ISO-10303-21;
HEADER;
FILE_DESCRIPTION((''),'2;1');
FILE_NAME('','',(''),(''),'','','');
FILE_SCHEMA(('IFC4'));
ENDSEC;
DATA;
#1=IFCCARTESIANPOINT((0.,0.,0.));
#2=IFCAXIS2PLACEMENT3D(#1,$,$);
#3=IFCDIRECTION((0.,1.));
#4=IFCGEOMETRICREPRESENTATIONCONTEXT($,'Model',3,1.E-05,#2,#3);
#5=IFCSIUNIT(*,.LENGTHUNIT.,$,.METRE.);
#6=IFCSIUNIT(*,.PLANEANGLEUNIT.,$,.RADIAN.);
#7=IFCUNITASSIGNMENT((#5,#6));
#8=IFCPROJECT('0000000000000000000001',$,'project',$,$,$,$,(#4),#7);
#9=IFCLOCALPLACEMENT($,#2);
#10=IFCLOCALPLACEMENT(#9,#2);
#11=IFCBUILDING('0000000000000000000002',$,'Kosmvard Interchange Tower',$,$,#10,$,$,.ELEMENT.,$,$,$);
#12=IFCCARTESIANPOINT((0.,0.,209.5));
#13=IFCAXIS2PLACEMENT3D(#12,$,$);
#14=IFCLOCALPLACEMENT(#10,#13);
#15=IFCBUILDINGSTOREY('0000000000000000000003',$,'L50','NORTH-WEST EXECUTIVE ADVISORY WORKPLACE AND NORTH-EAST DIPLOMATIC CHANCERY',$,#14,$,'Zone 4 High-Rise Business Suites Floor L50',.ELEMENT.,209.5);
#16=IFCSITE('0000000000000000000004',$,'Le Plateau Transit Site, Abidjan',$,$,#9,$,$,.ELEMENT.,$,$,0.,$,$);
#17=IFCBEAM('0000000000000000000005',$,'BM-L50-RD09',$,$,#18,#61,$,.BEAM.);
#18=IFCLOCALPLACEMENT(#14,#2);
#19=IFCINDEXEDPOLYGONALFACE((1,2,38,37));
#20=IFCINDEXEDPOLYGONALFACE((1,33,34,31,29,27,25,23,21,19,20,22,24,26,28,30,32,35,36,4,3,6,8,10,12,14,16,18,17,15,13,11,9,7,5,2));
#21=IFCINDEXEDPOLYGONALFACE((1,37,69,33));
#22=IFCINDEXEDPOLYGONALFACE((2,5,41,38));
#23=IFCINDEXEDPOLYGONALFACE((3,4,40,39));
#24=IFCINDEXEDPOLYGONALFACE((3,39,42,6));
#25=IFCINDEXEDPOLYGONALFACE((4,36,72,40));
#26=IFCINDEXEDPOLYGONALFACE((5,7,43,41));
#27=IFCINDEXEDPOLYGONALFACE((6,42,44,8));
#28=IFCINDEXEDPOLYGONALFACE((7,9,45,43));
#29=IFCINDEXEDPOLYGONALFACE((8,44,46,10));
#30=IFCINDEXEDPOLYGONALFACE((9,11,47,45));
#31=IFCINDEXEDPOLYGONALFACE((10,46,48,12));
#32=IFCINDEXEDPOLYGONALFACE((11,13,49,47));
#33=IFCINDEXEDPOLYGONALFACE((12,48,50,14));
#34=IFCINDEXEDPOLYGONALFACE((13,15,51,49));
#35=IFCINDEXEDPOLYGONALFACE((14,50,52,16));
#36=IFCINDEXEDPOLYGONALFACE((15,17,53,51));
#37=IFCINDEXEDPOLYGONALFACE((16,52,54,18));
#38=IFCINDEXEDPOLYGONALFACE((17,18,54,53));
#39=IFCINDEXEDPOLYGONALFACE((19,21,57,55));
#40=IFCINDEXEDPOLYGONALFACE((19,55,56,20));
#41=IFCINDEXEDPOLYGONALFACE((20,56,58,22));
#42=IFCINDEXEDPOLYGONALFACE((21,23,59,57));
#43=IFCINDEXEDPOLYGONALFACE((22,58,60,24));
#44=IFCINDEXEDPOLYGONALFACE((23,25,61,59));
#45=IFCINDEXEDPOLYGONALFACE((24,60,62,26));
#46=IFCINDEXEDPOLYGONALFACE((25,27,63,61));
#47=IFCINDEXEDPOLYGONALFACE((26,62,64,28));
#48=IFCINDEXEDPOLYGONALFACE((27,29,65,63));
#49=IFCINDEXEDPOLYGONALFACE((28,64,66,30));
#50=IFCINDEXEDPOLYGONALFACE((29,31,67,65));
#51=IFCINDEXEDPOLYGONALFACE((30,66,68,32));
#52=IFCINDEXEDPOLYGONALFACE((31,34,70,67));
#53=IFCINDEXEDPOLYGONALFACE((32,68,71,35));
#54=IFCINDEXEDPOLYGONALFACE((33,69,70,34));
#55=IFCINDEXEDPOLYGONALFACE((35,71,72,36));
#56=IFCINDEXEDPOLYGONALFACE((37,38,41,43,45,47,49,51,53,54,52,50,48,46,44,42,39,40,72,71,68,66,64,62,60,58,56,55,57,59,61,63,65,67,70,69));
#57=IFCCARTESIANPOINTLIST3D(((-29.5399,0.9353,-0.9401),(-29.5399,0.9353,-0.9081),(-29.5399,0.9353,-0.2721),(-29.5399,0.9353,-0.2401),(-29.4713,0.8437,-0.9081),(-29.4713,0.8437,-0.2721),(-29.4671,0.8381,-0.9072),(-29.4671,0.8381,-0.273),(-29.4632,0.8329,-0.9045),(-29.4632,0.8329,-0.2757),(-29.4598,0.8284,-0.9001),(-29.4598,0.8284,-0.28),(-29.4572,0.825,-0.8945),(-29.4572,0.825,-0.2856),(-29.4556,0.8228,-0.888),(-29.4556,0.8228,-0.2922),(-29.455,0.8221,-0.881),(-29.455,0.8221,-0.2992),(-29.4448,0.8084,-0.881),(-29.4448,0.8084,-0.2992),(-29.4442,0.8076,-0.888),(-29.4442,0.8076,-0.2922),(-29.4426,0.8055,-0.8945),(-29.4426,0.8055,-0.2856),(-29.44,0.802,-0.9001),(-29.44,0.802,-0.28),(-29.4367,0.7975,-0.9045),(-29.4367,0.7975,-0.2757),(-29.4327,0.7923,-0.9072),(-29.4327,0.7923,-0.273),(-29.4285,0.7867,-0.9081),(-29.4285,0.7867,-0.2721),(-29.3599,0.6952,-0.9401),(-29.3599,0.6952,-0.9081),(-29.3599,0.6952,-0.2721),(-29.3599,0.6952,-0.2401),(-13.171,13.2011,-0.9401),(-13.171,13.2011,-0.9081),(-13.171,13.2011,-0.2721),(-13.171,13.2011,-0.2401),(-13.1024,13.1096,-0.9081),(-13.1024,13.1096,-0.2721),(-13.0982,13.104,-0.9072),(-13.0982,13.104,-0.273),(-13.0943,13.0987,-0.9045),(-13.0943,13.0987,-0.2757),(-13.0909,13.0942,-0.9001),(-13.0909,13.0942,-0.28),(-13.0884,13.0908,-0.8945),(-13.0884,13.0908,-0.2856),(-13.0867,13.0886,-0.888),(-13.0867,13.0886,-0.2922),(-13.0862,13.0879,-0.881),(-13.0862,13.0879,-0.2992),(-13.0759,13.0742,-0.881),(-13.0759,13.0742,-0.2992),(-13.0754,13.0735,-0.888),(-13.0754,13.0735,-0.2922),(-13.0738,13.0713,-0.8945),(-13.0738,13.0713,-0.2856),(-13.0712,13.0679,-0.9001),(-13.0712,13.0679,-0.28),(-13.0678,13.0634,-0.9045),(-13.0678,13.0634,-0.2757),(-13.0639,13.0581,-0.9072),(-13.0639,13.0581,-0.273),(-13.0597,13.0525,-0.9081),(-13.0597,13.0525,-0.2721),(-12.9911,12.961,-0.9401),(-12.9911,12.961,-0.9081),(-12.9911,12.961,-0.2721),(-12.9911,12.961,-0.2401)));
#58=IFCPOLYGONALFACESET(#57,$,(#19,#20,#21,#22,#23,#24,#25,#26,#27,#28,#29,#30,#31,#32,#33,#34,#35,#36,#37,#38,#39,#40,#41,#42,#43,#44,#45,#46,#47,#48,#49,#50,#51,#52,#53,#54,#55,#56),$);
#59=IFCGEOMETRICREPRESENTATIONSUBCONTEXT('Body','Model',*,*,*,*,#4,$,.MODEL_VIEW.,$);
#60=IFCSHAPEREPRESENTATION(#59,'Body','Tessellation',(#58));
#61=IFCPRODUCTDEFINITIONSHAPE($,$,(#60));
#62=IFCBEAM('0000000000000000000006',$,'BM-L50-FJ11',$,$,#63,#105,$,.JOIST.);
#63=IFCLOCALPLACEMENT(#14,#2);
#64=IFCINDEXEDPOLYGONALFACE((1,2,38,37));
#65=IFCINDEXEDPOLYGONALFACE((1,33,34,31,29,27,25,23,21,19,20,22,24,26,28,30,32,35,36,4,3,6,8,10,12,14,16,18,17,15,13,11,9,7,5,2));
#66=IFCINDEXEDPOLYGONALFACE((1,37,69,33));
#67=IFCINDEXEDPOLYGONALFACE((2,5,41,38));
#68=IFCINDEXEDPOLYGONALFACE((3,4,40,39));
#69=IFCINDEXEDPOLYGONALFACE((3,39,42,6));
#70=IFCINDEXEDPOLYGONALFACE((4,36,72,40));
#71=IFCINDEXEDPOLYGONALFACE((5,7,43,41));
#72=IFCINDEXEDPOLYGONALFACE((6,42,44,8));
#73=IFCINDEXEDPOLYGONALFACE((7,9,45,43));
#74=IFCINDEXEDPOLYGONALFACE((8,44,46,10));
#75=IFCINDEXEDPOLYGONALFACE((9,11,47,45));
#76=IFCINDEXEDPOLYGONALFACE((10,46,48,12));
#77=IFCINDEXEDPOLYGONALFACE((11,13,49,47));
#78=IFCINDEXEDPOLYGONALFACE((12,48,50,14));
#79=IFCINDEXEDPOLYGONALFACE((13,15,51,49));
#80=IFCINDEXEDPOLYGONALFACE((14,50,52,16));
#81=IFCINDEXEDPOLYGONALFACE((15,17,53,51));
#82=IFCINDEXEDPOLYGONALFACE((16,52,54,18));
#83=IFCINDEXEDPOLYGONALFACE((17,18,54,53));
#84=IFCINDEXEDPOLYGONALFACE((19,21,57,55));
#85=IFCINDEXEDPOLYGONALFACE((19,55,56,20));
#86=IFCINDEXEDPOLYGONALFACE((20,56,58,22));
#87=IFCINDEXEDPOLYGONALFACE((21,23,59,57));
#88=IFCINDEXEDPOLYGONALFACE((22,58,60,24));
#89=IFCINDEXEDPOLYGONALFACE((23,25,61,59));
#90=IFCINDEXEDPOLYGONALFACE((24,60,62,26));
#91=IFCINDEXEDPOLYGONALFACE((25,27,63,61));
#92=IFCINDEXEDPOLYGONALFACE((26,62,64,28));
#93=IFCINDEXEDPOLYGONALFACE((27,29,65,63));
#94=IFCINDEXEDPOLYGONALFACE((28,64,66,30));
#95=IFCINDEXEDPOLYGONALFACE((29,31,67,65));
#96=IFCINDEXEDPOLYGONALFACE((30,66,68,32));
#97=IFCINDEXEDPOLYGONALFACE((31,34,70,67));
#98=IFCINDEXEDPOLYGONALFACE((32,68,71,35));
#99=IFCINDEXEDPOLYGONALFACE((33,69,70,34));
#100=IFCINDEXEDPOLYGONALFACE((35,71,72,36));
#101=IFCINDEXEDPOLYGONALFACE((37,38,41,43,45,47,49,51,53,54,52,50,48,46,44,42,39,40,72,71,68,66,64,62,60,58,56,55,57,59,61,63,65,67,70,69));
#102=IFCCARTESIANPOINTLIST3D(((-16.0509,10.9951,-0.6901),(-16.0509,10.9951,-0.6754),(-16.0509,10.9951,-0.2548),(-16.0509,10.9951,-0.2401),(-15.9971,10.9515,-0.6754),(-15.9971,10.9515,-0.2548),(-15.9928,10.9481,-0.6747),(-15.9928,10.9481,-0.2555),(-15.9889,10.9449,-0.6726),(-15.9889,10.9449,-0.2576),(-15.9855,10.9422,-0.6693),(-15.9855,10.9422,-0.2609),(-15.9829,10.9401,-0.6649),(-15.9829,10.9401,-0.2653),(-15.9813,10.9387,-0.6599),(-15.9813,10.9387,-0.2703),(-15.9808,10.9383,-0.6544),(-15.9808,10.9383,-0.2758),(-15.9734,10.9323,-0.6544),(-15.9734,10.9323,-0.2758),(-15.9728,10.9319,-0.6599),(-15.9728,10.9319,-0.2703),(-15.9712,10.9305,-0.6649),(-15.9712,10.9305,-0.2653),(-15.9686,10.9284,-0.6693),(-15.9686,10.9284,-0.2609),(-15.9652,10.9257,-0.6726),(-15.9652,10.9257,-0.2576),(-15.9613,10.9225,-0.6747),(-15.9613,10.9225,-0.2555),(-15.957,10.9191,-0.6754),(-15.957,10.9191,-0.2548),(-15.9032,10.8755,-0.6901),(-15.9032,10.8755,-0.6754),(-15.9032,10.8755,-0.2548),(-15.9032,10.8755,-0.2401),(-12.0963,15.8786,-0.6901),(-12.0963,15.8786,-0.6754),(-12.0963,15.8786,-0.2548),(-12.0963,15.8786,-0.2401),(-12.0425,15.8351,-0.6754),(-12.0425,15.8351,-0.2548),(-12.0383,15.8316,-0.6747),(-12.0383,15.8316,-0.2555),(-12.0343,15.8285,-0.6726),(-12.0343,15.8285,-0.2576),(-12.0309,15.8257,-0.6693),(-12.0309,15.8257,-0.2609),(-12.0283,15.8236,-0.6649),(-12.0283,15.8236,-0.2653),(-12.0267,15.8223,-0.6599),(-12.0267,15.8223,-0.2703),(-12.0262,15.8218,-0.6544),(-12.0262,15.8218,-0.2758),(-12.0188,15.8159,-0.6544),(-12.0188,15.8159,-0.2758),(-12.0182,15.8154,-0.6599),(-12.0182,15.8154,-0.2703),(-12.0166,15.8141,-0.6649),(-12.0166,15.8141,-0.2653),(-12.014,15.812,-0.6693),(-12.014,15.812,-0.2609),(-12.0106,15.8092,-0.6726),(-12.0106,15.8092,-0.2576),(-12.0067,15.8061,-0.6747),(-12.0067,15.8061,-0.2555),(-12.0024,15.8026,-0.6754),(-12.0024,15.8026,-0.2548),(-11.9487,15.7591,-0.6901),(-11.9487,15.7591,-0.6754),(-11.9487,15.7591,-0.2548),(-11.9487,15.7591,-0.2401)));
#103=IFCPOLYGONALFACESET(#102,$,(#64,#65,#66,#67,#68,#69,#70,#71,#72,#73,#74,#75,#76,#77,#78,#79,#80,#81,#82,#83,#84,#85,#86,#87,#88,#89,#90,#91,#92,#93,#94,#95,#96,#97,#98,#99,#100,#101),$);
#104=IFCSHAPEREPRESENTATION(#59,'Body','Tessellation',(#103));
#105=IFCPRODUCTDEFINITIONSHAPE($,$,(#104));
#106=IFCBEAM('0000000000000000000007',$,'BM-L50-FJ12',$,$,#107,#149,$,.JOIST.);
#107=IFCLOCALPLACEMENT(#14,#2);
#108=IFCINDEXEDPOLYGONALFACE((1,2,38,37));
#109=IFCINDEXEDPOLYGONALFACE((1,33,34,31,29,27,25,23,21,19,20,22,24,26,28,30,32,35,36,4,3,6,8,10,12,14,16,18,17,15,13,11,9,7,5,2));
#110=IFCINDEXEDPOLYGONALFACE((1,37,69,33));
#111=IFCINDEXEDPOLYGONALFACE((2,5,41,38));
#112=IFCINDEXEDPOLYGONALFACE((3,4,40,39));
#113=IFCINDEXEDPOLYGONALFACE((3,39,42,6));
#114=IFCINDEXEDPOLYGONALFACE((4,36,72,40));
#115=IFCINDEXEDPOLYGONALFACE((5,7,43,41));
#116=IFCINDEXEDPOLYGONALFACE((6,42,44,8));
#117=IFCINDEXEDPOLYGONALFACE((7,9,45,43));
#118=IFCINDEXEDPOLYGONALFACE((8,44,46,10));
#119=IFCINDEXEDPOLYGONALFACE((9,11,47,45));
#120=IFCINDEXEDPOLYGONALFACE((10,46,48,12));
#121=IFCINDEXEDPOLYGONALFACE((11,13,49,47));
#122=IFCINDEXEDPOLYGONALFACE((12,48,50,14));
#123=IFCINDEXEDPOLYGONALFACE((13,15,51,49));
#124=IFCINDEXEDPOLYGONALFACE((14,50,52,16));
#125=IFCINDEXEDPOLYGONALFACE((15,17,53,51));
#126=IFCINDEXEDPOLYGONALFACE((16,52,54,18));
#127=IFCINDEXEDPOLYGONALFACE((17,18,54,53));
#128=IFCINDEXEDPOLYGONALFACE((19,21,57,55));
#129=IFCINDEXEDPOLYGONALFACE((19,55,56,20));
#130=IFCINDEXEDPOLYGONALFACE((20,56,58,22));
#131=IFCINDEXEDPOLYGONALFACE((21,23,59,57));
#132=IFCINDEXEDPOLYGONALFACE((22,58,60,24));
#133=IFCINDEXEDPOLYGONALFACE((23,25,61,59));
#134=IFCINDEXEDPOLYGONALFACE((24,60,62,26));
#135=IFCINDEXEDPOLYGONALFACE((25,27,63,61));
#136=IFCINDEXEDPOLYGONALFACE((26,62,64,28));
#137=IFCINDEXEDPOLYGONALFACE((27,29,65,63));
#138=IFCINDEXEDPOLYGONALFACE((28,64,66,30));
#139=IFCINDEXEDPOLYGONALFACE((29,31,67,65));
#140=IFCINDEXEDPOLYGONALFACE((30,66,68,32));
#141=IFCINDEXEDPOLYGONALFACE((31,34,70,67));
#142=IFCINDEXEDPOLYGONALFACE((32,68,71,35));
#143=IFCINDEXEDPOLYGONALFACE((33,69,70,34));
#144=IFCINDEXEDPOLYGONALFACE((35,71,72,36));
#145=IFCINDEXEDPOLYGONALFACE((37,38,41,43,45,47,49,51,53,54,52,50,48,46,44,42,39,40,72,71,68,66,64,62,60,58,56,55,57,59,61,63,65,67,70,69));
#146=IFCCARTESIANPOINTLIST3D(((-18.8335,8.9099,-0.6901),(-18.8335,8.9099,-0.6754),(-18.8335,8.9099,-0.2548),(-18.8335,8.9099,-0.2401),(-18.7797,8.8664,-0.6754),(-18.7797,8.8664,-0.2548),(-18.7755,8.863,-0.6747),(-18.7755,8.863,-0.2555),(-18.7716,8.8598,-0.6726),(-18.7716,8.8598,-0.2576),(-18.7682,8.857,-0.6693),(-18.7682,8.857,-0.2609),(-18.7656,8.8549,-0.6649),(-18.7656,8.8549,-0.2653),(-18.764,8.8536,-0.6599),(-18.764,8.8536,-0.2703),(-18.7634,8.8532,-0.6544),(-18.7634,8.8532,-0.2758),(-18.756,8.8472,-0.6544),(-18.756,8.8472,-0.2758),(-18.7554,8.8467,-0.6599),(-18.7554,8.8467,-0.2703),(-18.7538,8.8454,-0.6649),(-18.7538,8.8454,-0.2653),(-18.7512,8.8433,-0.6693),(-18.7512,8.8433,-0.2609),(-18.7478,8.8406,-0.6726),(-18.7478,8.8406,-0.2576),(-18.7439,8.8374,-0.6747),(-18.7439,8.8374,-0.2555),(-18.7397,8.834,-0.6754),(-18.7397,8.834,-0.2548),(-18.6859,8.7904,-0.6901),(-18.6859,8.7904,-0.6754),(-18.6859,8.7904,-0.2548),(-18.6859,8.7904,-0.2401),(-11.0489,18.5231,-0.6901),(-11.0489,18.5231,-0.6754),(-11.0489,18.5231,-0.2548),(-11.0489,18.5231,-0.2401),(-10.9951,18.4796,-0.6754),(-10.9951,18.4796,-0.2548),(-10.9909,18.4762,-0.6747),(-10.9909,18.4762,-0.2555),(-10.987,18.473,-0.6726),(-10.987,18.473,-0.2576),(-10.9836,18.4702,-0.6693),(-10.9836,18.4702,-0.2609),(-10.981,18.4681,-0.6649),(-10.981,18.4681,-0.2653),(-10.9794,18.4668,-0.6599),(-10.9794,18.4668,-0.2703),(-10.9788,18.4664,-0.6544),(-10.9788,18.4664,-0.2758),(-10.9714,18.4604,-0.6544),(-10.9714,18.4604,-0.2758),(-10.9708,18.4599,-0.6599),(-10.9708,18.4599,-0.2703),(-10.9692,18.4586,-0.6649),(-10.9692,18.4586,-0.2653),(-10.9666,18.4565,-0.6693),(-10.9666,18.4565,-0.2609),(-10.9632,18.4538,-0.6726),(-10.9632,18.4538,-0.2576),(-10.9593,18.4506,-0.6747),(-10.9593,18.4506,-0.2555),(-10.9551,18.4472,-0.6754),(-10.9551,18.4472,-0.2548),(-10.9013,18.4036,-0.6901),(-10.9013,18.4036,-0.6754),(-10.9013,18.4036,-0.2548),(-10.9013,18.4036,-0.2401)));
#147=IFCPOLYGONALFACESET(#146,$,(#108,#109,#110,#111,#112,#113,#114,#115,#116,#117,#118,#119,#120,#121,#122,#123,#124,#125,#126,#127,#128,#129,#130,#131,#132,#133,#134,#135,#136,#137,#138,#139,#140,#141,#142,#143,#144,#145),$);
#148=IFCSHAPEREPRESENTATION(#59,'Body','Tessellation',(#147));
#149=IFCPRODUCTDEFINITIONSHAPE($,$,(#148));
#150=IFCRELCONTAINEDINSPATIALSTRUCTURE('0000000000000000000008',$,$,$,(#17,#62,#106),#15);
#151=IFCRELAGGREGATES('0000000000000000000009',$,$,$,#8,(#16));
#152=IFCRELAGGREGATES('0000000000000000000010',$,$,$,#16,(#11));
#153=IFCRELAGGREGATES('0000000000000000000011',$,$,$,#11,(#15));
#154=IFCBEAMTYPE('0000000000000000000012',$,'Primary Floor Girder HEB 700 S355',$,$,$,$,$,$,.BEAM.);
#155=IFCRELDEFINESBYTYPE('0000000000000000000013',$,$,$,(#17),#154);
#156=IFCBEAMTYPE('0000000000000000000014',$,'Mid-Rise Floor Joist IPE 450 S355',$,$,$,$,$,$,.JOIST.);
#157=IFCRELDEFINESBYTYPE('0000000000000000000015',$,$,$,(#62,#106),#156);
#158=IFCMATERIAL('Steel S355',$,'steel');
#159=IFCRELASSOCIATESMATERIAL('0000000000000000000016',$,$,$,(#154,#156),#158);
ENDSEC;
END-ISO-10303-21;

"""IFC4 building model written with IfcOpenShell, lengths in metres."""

from ifc_helpers import new_model, si_unit, direction, frame, origin, origin_2d, place, context, subcontext, project, spatial, i_section, extrude, source, transform, mapped, material, material_profile, profile_set, type_object, element, save


model = new_model("IFC4")

# Units and contexts
model_context = context("Model", 3, precision=1e-05, world=origin(), true_north=direction((0.0, 1.0)))
body_context = subcontext(model_context, "Body", "Model", "MODEL_VIEW")
ifc_project = project(units=[si_unit("LENGTHUNIT", "METRE"), si_unit("PLANEANGLEUNIT", "RADIAN")], contexts=[model_context])

# Site, building, storey
site_placement = place(None, origin())
site = spatial("IfcSite", under=ifc_project, at=site_placement, Name="Le Plateau Transit Site, Abidjan", CompositionType="ELEMENT", RefElevation=0.0)
building_placement = place(site_placement, origin())
building = spatial("IfcBuilding", under=site, at=building_placement, Name="Kosmvard Interchange Tower", CompositionType="ELEMENT")
storey_placement = place(building_placement, frame((0.0, 0.0, 209.5)))
storey = spatial("IfcBuildingStorey", under=building, at=storey_placement, Name="L50", Description="NORTH-WEST EXECUTIVE ADVISORY WORKPLACE AND NORTH-EAST DIPLOMATIC CHANCERY", LongName="Zone 4 High-Rise Business Suites Floor L50", CompositionType="ELEMENT", Elevation=209.5)

# Beams
ifc_material_1 = material(Name="Steel S355", Category="steel")
ifc_material_profile_1 = material_profile(ifc_material_1, i_section(OverallWidth=0.3, OverallDepth=0.7, WebThickness=0.0171, FlangeThickness=0.032, FilletRadius=0.0271, at=origin_2d()), Name="HEB 700")
ifc_profile_set_1 = profile_set([ifc_material_profile_1], Name="Steel S355")
beam_type_1 = type_object("IfcBeamType", Name="Primary Floor Girder HEB 700 S355", PredefinedType="BEAM", material=ifc_profile_set_1)
shared_shape_1 = source(origin(), body_context, "Body", "SweptSolid", [
    extrude(i_section(OverallWidth=0.3, OverallDepth=0.7, WebThickness=0.0171, FlangeThickness=0.032, FilletRadius=0.0271, at=origin_2d()), origin(), (0.0, 0.0, 1.0), 20.4546),
])
beam_1_placement = place(storey_placement, frame((-13.0811, 13.0811, -0.5901), z_axis=(-0.800253, -0.599662, 0.0), x_axis=(0.599662, -0.800253, 0.0)))
element("IfcBeam", 1, at=beam_1_placement, inside=storey, type_object=beam_type_1, Name="BM-L50-RD09", PredefinedType="BEAM", context=body_context, shape_type="MappedRepresentation", body=[
    mapped(shared_shape_1, transform((0.0, 0.0, 0.0), scale=1.0)),
])
ifc_material_profile_2 = material_profile(ifc_material_1, i_section(OverallWidth=0.1899, OverallDepth=0.45, WebThickness=0.0095, FlangeThickness=0.0146, FilletRadius=0.021, at=origin_2d()), Name="IPE 450")
ifc_profile_set_2 = profile_set([ifc_material_profile_2], Name="Steel S355")
beam_type_2 = type_object("IfcBeamType", Name="Mid-Rise Floor Joist IPE 450 S355", PredefinedType="JOIST", material=ifc_profile_set_2)
shared_shape_2 = source(origin(), body_context, "Body", "SweptSolid", [
    extrude(i_section(OverallWidth=0.1899, OverallDepth=0.45, WebThickness=0.0095, FlangeThickness=0.0146, FilletRadius=0.021, at=origin_2d()), origin(), (0.0, 0.0, 1.0), 6.2839),
])
beam_2_placement = place(storey_placement, frame((-12.0225, 15.8188, -0.4651), z_axis=(-0.629318, -0.777148, 0.0), x_axis=(0.777148, -0.629318, 0.0)))
element("IfcBeam", 2, at=beam_2_placement, inside=storey, type_object=beam_type_2, Name="BM-L50-FJ11", PredefinedType="JOIST", context=body_context, shape_type="MappedRepresentation", body=[
    mapped(shared_shape_2, transform((0.0, 0.0, 0.0), scale=1.0)),
])
shared_shape_3 = source(origin(), body_context, "Body", "SweptSolid", [
    extrude(i_section(OverallWidth=0.1899, OverallDepth=0.45, WebThickness=0.0095, FlangeThickness=0.0146, FilletRadius=0.021, at=origin_2d()), origin(), (0.0, 0.0, 1.0), 12.3699),
])
beam_3_placement = place(storey_placement, frame((-10.9751, 18.4634, -0.4651), z_axis=(-0.62932, -0.777147, 0.0), x_axis=(0.777147, -0.62932, 0.0)))
element("IfcBeam", 3, at=beam_3_placement, inside=storey, type_object=beam_type_2, Name="BM-L50-FJ12", PredefinedType="JOIST", context=body_context, shape_type="MappedRepresentation", body=[
    mapped(shared_shape_3, transform((0.0, 0.0, 0.0), scale=1.0)),
])

save(model, "model.ifc")
